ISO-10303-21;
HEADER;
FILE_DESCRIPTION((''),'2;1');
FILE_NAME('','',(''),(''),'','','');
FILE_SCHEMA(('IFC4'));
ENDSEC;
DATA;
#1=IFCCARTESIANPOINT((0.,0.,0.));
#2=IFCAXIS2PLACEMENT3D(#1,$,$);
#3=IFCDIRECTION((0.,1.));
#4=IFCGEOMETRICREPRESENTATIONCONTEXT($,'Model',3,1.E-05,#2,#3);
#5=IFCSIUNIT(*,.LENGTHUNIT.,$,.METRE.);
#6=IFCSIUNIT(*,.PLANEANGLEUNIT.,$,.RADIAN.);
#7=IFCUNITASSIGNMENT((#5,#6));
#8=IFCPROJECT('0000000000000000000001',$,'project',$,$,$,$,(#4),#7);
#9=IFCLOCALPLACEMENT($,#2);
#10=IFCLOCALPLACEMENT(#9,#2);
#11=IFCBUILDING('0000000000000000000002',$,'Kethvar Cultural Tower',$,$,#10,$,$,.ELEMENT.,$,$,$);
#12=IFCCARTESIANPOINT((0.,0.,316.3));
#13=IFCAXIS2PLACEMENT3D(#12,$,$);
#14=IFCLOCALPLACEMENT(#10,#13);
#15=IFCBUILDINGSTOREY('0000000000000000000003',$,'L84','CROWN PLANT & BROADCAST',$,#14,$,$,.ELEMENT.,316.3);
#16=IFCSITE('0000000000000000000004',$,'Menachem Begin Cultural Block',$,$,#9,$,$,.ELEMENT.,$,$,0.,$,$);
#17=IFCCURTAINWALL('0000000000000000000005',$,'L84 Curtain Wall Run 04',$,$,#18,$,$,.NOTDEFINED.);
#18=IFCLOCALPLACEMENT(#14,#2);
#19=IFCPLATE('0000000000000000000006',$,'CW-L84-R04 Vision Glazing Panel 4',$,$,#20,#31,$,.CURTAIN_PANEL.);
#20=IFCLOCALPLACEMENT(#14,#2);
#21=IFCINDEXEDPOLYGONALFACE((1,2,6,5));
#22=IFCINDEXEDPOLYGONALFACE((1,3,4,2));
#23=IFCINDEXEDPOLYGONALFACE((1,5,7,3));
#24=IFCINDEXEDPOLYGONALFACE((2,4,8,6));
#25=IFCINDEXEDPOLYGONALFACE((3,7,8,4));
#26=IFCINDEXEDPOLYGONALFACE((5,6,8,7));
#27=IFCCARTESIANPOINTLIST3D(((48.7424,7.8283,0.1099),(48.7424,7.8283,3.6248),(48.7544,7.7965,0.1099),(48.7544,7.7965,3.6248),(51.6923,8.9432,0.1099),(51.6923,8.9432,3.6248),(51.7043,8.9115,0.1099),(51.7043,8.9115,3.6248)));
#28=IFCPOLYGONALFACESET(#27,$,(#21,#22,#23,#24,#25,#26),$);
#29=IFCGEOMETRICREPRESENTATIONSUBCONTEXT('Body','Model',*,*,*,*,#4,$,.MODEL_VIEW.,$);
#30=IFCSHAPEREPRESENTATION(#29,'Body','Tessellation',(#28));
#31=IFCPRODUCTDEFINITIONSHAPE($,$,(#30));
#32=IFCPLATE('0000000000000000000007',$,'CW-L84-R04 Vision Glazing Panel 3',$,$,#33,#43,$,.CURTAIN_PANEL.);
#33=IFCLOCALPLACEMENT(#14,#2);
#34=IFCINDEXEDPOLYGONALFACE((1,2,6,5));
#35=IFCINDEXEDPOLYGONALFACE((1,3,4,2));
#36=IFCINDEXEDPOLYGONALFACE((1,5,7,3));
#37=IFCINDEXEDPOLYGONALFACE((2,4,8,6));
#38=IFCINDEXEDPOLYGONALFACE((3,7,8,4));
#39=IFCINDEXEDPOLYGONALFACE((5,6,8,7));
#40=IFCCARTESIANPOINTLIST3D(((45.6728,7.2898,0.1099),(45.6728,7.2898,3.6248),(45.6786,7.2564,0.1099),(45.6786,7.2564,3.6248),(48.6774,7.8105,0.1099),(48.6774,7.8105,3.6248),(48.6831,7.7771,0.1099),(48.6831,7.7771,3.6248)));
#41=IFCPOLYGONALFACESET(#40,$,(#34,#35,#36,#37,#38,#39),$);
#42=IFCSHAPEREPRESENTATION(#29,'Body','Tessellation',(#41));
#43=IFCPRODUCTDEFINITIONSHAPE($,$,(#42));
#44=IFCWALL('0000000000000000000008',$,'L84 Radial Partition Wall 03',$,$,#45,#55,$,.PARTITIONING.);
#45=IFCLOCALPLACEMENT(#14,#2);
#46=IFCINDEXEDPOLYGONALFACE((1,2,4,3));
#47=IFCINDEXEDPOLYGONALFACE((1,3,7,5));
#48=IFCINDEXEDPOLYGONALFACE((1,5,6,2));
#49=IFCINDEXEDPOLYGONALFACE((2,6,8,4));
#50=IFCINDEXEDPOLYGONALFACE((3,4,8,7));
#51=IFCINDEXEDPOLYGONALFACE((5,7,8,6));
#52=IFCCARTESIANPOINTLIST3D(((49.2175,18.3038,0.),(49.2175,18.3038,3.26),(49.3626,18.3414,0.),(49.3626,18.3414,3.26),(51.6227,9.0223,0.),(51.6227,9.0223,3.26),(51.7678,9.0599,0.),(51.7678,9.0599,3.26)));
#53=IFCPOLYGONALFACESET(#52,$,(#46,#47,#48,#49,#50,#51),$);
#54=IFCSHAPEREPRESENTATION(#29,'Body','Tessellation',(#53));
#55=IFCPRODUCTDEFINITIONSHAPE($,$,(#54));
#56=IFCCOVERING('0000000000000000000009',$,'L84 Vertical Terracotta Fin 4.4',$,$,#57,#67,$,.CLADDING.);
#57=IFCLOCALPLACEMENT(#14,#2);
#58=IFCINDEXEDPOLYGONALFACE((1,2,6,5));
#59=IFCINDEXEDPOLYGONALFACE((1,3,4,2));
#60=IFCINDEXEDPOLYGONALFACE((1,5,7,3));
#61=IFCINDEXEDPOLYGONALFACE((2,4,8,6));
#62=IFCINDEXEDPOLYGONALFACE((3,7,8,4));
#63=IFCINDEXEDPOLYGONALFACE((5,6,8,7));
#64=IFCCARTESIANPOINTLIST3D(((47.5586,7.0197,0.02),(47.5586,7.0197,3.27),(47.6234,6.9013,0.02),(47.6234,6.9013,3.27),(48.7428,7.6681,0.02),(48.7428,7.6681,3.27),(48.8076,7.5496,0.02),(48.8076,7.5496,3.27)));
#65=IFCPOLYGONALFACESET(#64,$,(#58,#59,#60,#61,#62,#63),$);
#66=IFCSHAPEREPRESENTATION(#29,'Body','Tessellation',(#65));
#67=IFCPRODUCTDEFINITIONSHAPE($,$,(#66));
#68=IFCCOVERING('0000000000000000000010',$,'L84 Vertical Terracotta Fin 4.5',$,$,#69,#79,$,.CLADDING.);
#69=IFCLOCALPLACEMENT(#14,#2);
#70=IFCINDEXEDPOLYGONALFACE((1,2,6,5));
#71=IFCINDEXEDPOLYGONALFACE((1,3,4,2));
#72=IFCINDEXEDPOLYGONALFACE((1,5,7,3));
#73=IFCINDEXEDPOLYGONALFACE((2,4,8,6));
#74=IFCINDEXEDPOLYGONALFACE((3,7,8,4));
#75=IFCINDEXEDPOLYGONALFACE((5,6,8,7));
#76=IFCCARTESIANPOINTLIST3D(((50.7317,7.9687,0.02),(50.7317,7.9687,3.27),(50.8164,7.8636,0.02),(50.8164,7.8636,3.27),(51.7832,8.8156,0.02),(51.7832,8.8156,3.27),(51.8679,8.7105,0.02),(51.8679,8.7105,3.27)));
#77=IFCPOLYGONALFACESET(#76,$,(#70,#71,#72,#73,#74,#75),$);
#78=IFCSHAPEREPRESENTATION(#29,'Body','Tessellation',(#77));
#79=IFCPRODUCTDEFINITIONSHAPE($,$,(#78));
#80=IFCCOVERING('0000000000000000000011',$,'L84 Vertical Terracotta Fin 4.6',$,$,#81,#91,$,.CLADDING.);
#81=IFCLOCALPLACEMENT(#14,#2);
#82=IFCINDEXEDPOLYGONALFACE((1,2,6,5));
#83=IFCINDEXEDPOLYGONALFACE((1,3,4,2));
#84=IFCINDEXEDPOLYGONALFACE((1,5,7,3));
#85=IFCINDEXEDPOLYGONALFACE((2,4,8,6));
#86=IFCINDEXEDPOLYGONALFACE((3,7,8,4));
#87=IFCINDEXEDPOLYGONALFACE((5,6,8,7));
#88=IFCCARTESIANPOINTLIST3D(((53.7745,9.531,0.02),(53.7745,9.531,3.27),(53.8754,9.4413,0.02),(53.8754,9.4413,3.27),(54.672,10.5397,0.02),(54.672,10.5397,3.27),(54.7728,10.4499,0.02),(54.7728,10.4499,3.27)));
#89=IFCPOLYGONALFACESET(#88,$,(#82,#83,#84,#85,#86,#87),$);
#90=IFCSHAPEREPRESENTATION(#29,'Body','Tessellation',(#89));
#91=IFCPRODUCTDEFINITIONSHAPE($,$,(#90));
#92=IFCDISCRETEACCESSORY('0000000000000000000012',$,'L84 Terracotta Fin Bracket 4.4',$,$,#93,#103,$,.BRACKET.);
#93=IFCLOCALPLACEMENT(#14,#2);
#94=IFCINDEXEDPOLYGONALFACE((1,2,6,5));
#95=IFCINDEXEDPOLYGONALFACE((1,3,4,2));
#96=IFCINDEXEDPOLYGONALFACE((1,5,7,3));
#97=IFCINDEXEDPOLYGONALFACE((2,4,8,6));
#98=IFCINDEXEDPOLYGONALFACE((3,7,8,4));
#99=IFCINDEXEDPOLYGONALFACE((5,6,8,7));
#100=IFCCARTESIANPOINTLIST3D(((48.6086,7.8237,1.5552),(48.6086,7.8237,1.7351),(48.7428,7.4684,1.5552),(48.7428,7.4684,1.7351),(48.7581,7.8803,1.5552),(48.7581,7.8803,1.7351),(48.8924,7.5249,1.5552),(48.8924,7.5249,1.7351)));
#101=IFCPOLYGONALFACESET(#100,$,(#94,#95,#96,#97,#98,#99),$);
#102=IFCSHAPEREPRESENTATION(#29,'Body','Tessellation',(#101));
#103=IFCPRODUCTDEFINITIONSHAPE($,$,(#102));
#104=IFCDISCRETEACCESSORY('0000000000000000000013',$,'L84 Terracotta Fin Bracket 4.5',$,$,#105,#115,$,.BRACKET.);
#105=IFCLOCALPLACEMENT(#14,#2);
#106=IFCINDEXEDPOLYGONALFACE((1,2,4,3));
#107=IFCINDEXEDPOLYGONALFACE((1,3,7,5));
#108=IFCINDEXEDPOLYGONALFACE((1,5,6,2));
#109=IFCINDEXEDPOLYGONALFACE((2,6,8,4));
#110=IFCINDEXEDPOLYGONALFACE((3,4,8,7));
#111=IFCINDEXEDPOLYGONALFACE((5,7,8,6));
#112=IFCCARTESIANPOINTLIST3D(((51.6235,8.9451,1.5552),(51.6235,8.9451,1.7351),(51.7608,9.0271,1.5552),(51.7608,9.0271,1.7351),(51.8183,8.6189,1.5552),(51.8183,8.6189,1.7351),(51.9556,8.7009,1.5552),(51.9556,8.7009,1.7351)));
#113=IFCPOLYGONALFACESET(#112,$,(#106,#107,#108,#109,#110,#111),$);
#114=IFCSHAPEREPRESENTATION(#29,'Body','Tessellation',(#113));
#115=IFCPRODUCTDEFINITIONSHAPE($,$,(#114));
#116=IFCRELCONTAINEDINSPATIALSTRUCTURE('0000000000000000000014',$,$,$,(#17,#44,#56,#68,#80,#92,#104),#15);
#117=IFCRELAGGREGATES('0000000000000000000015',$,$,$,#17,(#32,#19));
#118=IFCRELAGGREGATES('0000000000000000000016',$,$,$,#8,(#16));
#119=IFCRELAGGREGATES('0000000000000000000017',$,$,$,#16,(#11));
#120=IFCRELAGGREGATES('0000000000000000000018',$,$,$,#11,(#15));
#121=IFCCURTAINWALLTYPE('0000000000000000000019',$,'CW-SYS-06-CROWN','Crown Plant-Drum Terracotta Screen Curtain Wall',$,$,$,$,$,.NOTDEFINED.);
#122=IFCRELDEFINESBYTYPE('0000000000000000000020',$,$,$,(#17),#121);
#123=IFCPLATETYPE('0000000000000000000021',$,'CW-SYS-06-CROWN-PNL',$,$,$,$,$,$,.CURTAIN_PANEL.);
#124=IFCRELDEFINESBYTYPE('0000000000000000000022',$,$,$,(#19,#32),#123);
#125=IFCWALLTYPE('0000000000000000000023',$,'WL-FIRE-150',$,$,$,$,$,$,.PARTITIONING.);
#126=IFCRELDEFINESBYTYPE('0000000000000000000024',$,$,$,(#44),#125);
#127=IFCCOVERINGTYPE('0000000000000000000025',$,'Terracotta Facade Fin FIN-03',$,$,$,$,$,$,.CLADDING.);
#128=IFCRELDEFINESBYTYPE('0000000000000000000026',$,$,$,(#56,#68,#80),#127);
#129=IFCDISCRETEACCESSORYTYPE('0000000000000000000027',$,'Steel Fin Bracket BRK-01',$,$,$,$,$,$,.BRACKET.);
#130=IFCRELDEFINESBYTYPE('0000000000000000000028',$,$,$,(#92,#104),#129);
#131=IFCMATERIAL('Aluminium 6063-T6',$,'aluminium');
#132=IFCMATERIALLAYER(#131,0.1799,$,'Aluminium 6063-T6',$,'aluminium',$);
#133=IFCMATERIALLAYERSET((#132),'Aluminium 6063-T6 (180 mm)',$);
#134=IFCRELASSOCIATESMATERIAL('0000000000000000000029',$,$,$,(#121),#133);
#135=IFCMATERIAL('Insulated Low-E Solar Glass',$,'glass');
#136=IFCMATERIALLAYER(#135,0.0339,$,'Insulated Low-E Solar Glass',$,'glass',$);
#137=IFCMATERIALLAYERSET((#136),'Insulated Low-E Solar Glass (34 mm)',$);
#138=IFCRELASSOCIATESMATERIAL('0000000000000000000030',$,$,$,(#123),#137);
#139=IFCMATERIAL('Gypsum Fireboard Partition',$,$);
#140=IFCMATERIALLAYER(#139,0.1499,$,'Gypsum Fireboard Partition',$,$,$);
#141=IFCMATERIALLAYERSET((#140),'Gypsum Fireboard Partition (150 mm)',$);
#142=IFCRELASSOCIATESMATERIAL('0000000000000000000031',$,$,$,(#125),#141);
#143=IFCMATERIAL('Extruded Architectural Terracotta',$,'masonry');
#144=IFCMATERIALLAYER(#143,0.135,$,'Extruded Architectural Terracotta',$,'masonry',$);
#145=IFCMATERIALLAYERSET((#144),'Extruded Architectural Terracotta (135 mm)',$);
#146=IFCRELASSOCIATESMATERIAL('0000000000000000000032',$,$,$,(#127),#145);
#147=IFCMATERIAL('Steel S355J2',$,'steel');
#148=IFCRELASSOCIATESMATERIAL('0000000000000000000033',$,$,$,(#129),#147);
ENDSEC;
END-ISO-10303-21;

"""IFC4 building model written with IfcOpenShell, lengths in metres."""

from ifc_helpers import new_model, si_unit, direction, frame, frame_2d, origin, origin_2d, place, context, subcontext, project, spatial, rectangle, extrude, source, transform, mapped, material, layer, layer_set, type_object, element, aggregate, save


model = new_model("IFC4")

# Units and contexts
model_context = context("Model", 3, precision=1e-05, world=origin(), true_north=direction((0.0, 1.0)))
body_context = subcontext(model_context, "Body", "Model", "MODEL_VIEW")
ifc_project = project(units=[si_unit("LENGTHUNIT", "METRE"), si_unit("PLANEANGLEUNIT", "RADIAN")], contexts=[model_context])

# Site, building, storey
site_placement = place(None, origin())
site = spatial("IfcSite", under=ifc_project, at=site_placement, Name="Menachem Begin Cultural Block", CompositionType="ELEMENT", RefElevation=0.0)
building_placement = place(site_placement, origin())
building = spatial("IfcBuilding", under=site, at=building_placement, Name="Kethvar Cultural Tower", CompositionType="ELEMENT")
storey_placement = place(building_placement, frame((0.0, 0.0, 316.3)))
storey = spatial("IfcBuildingStorey", under=building, at=storey_placement, Name="L84", Description="CROWN PLANT & BROADCAST", CompositionType="ELEMENT", Elevation=316.3)

# Shared definitions
ifc_material_1 = material(Name="Steel S355J2", Category="steel")

# Curtain wall, plates
ifc_material_2 = material(Name="Aluminium 6063-T6", Category="aluminium")
ifc_layer_1 = layer(ifc_material_2, 0.1799, Name="Aluminium 6063-T6", Category="aluminium")
ifc_layer_set_1 = layer_set([ifc_layer_1], Name="Aluminium 6063-T6 (180 mm)")
curtain_wall_type = type_object("IfcCurtainWallType", Name="CW-SYS-06-CROWN", Description="Crown Plant-Drum Terracotta Screen Curtain Wall", PredefinedType="NOTDEFINED", material=ifc_layer_set_1)
curtain_wall_placement = place(storey_placement, origin())
curtain_wall = element("IfcCurtainWall", 1, at=curtain_wall_placement, inside=storey, type_object=curtain_wall_type, Name="L84 Curtain Wall Run 04", PredefinedType="NOTDEFINED")
ifc_material_3 = material(Name="Insulated Low-E Solar Glass", Category="glass")
ifc_layer_2 = layer(ifc_material_3, 0.0339, Name="Insulated Low-E Solar Glass", Category="glass")
ifc_layer_set_2 = layer_set([ifc_layer_2], Name="Insulated Low-E Solar Glass (34 mm)")
plate_type = type_object("IfcPlateType", Name="CW-SYS-06-CROWN-PNL", PredefinedType="CURTAIN_PANEL", material=ifc_layer_set_2)
shared_shape_1 = source(origin(), body_context, "Body", "SweptSolid", [
    extrude(rectangle(XDim=3.1536, YDim=0.0339, at=origin_2d()), origin(), (0.0, 0.0, 1.0), 3.5149),
])
plate_1_placement = place(storey_placement, frame((50.2234, 8.3699, 0.1099), z_axis=(0.0, 0.0, 1.0), x_axis=(0.935419, 0.35354, 0.0)))
plate_1 = element("IfcPlate", 2, at=plate_1_placement, type_object=plate_type, Name="CW-L84-R04 Vision Glazing Panel 4", PredefinedType="CURTAIN_PANEL", context=body_context, shape_type="MappedRepresentation", body=[
    mapped(shared_shape_1, transform((0.0, 0.0, 0.0), scale=1.0)),
])
shared_shape_2 = source(origin(), body_context, "Body", "SweptSolid", [
    extrude(rectangle(XDim=3.0493, YDim=0.0339, at=origin_2d()), origin(), (0.0, 0.0, 1.0), 3.5149),
])
plate_2_placement = place(storey_placement, frame((47.178, 7.5334, 0.1099), z_axis=(0.0, 0.0, 1.0), x_axis=(0.985316, 0.170743, 0.0)))
plate_2 = element("IfcPlate", 3, at=plate_2_placement, type_object=plate_type, Name="CW-L84-R04 Vision Glazing Panel 3", PredefinedType="CURTAIN_PANEL", context=body_context, shape_type="MappedRepresentation", body=[
    mapped(shared_shape_2, transform((0.0, 0.0, 0.0), scale=1.0)),
])
aggregate(curtain_wall, [plate_2, plate_1])

# Wall
ifc_material_4 = material(Name="Gypsum Fireboard Partition")
ifc_layer_3 = layer(ifc_material_4, 0.1499, Name="Gypsum Fireboard Partition")
ifc_layer_set_3 = layer_set([ifc_layer_3], Name="Gypsum Fireboard Partition (150 mm)")
wall_type = type_object("IfcWallType", Name="WL-FIRE-150", PredefinedType="PARTITIONING", material=ifc_layer_set_3)
wall_placement = place(storey_placement, frame((49.29, 18.3225, 0.0), z_axis=(0.0, 0.0, 1.0), x_axis=(0.250861, -0.968023, 0.0)))
element("IfcWall", 4, at=wall_placement, inside=storey, type_object=wall_type, Name="L84 Radial Partition Wall 03", PredefinedType="PARTITIONING", context=body_context, shape_type="SweptSolid", body=[
    extrude(rectangle(XDim=9.5881, YDim=0.1499, at=frame_2d((4.7939, 0.0))), origin(), (0.0, 0.0, 1.0), 3.26),
])

# Coverings
ifc_material_5 = material(Name="Extruded Architectural Terracotta", Category="masonry")
ifc_layer_4 = layer(ifc_material_5, 0.135, Name="Extruded Architectural Terracotta", Category="masonry")
ifc_layer_set_4 = layer_set([ifc_layer_4], Name="Extruded Architectural Terracotta (135 mm)")
covering_type = type_object("IfcCoveringType", Name="Terracotta Facade Fin FIN-03", PredefinedType="CLADDING", material=ifc_layer_set_4)
shared_shape_3 = source(origin(), body_context, "Body", "SweptSolid", [
    extrude(rectangle(XDim=1.3501, YDim=0.135, at=origin_2d()), origin(), (0.0, 0.0, 1.0), 3.25),
])
for number, where, z_axis, x_axis, name in (
    (5, (48.1831, 7.2847, 0.02), (0.0, 0.0, 1.0), (-0.877146, -0.480223, 0.0), "L84 Vertical Terracotta Fin 4.4"),
    (6, (51.2998, 8.3396, 0.02), (0.0, 0.0, 1.0), (-0.778791, -0.627284, 0.0), "L84 Vertical Terracotta Fin 4.5"),
    (7, (54.2737, 9.9905, 0.02), (0.0, 0.0, 1.0), (-0.664709, -0.747102, 0.0), "L84 Vertical Terracotta Fin 4.6"),
):
    element("IfcCovering", number, at=place(storey_placement, frame(where, z_axis=z_axis, x_axis=x_axis)), inside=storey, type_object=covering_type, Name=name, PredefinedType="CLADDING", context=body_context, shape_type="MappedRepresentation", body=[
        mapped(shared_shape_3, transform((0.0, 0.0, 0.0), scale=1.0)),
    ])

# Discrete accessories
discrete_accessory_type = type_object("IfcDiscreteAccessoryType", Name="Steel Fin Bracket BRK-01", PredefinedType="BRACKET", material=ifc_material_1)
shared_shape_4 = source(origin(), body_context, "Body", "SweptSolid", [
    extrude(rectangle(XDim=0.3799, YDim=0.1599, at=origin_2d()), origin(), (0.0, 0.0, 1.0), 0.1799),
])
for number, where, z_axis, x_axis, name in (
    (8, (48.7505, 7.6743, 1.5552), (0.0, 0.0, 1.0), (0.353475, -0.935444, 0.0), "L84 Terracotta Fin Bracket 4.4"),
    (9, (51.7896, 8.823, 1.5552), (0.0, 0.0, 1.0), (0.512792, -0.858513, 0.0), "L84 Terracotta Fin Bracket 4.5"),
):
    element("IfcDiscreteAccessory", number, at=place(storey_placement, frame(where, z_axis=z_axis, x_axis=x_axis)), inside=storey, type_object=discrete_accessory_type, Name=name, PredefinedType="BRACKET", context=body_context, shape_type="MappedRepresentation", body=[
        mapped(shared_shape_4, transform((0.0, 0.0, 0.0), scale=1.0)),
    ])

save(model, "model.ifc")
